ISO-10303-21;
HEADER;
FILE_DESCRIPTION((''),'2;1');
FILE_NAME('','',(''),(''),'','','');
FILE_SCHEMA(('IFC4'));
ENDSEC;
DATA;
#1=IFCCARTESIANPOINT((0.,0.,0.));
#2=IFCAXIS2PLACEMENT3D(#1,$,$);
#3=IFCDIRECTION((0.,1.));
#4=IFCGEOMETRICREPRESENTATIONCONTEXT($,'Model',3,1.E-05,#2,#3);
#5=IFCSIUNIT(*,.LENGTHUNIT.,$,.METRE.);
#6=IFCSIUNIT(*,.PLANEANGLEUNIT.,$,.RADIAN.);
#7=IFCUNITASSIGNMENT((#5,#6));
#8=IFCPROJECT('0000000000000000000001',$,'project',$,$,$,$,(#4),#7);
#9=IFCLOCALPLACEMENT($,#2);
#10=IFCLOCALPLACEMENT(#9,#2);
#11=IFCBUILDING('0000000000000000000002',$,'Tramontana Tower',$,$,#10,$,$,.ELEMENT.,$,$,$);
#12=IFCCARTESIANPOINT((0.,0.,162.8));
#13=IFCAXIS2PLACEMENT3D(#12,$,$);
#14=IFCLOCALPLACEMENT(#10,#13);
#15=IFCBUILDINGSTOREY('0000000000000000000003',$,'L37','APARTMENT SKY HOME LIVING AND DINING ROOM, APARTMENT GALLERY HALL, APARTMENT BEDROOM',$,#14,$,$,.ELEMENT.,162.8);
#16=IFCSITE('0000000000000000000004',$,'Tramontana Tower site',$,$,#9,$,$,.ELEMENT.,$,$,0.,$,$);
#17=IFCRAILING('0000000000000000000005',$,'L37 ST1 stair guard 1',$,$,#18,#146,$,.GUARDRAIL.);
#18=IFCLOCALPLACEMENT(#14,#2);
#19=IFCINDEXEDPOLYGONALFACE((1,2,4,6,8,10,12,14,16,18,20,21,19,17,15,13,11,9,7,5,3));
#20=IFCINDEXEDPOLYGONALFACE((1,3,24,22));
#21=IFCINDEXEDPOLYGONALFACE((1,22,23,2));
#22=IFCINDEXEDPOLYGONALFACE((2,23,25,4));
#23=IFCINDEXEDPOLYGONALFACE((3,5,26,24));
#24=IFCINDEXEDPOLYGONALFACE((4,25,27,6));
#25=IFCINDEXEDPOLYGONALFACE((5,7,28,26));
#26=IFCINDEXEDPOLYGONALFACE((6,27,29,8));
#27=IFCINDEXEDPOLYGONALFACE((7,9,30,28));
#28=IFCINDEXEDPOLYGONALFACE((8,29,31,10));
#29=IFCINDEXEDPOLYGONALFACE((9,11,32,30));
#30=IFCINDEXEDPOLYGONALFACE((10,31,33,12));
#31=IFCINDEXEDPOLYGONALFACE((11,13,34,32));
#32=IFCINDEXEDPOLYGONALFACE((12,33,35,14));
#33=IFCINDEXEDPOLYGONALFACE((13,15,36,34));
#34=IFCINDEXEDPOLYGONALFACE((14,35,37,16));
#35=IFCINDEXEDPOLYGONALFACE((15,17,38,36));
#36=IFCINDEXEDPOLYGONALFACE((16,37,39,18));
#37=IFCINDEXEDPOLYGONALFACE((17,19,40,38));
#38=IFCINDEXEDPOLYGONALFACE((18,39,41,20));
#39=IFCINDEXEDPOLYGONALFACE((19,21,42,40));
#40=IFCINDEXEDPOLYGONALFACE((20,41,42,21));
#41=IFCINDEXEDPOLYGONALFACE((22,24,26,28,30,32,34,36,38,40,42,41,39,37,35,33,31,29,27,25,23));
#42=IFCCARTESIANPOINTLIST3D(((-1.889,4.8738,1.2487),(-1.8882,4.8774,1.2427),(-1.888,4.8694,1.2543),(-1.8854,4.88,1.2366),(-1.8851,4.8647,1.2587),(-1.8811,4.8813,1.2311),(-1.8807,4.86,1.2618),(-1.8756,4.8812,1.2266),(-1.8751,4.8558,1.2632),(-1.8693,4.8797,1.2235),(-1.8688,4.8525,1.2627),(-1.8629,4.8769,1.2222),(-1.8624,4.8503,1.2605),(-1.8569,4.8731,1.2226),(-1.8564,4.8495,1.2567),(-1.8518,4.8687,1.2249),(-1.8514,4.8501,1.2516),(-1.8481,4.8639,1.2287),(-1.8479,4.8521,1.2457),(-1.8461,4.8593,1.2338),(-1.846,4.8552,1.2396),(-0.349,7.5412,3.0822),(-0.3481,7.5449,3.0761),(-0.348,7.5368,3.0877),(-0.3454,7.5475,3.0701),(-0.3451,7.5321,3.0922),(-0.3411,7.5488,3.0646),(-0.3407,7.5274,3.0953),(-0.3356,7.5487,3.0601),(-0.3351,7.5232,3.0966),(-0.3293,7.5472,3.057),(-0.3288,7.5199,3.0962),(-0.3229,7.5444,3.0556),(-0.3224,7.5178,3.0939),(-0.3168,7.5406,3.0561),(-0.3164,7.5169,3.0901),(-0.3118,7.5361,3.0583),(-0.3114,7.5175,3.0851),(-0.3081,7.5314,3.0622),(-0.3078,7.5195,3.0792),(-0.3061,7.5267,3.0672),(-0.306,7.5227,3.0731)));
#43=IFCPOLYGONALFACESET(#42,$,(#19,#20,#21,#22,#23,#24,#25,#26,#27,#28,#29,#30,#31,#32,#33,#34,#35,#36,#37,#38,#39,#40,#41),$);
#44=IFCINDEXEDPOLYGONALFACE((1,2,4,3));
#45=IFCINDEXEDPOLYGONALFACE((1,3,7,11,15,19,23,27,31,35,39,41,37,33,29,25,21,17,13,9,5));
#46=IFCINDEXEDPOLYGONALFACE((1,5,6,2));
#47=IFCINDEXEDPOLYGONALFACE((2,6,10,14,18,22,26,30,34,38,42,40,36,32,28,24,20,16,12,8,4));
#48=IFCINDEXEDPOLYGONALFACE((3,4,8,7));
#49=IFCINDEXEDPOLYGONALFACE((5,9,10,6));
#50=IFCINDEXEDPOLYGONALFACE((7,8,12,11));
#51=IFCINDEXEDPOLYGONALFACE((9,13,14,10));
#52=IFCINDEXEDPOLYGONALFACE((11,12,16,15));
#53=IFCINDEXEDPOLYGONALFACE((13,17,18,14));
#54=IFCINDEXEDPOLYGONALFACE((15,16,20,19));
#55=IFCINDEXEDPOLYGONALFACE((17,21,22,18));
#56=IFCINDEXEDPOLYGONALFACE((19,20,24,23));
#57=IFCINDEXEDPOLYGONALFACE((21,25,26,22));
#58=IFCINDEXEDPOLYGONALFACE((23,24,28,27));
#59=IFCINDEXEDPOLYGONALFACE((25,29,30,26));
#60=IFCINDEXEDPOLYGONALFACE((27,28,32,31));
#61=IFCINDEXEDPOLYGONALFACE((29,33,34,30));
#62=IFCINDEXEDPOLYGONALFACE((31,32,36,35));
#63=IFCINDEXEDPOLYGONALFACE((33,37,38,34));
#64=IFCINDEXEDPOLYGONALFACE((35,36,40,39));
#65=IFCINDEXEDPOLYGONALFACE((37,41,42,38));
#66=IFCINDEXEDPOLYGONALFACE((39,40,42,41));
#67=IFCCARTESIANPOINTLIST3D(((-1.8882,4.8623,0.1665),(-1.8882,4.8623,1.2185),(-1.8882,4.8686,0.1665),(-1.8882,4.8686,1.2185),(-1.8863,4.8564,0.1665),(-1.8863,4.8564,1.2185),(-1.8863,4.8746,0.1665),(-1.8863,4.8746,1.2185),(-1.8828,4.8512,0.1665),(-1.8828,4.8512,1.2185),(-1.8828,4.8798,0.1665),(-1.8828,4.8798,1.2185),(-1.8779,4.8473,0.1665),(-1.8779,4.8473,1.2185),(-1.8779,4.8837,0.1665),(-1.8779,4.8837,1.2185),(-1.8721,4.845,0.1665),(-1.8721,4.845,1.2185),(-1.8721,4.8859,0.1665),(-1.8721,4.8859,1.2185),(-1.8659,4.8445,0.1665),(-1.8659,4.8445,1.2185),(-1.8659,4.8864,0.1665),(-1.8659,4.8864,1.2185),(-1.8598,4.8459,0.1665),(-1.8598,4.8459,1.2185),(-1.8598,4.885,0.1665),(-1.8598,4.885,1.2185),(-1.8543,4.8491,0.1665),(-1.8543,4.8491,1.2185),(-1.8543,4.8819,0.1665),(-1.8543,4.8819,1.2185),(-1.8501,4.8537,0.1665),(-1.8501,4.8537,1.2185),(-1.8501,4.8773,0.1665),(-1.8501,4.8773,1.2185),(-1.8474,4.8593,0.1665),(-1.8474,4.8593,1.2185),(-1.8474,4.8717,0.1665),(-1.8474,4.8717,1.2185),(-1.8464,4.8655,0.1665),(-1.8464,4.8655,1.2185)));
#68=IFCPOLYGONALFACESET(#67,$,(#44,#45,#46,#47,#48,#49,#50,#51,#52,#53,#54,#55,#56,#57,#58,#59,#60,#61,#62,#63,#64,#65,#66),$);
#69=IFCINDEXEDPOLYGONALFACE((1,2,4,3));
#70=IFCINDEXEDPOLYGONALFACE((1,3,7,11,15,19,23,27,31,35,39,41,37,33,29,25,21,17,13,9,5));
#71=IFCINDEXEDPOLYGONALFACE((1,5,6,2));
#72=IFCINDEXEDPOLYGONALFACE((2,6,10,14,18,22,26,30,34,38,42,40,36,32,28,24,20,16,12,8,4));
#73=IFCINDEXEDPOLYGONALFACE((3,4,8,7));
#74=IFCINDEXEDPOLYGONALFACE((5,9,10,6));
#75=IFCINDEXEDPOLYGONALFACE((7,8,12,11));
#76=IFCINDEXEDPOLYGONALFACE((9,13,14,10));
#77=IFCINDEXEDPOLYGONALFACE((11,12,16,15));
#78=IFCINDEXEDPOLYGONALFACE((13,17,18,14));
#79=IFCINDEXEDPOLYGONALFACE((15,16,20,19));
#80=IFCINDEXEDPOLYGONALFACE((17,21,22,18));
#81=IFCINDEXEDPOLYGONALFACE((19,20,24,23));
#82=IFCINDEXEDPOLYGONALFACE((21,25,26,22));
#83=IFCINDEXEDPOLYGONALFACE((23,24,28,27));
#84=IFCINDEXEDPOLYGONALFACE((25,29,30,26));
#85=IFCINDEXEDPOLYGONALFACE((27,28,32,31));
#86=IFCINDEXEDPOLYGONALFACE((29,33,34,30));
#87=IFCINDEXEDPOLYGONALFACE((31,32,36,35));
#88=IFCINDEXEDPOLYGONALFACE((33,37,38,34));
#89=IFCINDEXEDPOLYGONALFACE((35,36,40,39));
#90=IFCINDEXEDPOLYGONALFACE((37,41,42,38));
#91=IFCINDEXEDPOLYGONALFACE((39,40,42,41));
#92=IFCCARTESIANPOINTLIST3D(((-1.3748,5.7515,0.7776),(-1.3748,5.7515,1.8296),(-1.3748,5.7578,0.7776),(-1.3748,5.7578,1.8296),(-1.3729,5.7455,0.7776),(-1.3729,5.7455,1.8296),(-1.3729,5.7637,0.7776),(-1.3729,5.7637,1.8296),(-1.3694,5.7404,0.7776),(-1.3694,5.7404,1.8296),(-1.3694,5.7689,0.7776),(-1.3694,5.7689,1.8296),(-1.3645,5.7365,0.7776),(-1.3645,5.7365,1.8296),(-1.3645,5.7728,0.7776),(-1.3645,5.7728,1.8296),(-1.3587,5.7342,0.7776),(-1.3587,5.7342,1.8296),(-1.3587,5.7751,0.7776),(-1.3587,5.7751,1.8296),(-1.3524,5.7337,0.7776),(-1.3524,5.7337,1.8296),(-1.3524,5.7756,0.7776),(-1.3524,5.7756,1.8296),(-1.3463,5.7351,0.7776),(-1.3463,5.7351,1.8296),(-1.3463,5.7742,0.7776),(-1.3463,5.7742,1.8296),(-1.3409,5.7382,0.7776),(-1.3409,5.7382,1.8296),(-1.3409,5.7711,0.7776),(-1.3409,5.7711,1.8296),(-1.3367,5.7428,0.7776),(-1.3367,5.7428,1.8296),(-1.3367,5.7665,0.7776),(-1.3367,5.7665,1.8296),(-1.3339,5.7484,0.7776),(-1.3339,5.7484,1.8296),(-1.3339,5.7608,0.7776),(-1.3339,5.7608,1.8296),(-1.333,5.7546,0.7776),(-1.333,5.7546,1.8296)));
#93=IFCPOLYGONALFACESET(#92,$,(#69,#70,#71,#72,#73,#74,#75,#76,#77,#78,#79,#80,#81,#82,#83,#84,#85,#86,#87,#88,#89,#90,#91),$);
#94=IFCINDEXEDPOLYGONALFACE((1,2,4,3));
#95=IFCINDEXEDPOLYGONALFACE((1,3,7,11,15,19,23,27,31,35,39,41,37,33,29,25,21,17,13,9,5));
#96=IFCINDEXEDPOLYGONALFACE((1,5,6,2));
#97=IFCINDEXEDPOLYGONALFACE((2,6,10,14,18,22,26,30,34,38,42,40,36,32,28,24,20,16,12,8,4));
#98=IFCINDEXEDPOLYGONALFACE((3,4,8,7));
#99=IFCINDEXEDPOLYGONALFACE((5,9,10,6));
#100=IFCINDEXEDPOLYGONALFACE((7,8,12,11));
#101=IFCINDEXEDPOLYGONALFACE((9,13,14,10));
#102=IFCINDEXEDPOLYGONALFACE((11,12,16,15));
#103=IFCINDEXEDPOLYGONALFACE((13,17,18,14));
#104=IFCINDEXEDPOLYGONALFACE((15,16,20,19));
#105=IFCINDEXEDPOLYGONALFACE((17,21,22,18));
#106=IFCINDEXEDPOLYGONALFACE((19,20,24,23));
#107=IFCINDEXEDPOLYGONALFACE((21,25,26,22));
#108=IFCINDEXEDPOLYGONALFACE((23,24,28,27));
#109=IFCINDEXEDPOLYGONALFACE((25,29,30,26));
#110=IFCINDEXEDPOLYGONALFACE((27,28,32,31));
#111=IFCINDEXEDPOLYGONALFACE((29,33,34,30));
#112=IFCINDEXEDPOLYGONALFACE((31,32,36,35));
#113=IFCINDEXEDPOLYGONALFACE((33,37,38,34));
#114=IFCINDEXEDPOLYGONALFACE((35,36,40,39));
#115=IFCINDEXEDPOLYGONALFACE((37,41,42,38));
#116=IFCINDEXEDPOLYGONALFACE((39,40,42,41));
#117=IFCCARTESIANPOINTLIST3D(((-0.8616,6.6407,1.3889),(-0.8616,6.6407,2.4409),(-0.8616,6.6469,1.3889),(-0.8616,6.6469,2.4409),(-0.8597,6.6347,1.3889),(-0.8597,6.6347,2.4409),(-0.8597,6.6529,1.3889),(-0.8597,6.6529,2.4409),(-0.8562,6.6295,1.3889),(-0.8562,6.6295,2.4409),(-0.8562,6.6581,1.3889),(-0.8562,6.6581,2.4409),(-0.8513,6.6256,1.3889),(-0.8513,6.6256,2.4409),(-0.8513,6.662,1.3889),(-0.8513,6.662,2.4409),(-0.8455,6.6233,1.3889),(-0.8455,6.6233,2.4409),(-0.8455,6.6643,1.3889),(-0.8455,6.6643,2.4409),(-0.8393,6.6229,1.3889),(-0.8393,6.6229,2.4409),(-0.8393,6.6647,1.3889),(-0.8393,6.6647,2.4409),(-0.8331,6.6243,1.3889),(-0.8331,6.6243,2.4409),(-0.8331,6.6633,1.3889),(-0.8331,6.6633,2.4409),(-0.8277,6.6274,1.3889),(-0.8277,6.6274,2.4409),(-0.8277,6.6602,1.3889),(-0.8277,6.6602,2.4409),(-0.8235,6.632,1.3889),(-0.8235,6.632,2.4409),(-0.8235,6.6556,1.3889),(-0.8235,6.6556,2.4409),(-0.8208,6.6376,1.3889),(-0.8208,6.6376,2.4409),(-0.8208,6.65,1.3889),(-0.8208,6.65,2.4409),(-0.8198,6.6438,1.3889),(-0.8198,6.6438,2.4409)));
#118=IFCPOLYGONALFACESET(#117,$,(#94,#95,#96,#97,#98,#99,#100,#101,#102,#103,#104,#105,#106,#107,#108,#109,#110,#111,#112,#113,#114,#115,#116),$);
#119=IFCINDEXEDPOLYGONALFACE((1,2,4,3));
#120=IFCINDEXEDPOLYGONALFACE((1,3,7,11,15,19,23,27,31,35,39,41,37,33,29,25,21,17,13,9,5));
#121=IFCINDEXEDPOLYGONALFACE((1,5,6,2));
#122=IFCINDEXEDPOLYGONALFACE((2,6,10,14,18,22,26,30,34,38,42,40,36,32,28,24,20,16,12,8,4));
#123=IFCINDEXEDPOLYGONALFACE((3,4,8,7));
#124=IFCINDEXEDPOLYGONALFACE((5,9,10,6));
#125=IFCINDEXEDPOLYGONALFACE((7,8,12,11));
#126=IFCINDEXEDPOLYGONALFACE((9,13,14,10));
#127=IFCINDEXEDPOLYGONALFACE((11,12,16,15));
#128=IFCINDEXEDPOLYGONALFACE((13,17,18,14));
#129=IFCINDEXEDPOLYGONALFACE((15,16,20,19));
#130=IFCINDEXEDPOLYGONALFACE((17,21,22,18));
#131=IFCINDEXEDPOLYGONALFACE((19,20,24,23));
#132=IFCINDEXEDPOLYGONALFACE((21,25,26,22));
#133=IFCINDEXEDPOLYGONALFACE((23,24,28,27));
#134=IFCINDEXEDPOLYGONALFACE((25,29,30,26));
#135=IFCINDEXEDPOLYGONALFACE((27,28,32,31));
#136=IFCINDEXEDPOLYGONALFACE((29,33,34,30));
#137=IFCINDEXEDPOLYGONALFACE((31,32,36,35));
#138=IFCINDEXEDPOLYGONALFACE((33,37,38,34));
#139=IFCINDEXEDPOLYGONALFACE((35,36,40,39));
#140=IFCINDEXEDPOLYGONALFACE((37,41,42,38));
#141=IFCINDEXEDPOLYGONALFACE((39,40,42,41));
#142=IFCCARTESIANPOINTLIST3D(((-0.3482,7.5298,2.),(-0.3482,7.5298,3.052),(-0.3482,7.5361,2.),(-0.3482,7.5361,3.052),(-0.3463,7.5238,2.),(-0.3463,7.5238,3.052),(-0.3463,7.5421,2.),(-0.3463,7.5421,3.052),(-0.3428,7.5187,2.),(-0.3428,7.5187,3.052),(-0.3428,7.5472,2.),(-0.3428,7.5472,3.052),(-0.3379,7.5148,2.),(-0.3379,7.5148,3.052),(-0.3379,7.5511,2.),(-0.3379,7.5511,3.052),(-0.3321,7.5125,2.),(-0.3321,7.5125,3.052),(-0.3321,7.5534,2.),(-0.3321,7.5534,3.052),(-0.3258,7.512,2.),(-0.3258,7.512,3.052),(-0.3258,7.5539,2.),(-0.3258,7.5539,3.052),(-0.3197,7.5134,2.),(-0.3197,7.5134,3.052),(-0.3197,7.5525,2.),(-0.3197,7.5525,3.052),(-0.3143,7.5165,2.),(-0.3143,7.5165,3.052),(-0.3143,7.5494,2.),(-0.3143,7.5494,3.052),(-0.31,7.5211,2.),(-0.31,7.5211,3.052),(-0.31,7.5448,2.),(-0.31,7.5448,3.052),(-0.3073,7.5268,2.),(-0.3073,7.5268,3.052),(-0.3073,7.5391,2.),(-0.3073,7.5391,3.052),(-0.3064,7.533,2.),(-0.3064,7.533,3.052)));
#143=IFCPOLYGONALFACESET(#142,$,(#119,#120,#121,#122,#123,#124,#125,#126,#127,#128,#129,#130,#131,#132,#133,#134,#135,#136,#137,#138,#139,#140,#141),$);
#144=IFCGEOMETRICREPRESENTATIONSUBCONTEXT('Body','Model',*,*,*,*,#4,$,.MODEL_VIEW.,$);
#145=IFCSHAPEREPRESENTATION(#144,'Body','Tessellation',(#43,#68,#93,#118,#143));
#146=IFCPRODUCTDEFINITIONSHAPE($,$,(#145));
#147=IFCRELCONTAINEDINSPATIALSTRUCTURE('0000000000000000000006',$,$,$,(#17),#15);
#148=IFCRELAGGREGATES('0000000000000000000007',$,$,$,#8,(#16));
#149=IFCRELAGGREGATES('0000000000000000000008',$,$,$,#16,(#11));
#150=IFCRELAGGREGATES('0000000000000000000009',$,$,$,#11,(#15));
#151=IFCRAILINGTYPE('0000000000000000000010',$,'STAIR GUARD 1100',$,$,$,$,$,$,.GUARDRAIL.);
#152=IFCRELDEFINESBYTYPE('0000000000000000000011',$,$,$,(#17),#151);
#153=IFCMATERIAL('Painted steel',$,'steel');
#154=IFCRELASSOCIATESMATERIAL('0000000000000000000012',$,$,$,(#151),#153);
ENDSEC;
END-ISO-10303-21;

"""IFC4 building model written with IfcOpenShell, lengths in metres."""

from ifc_helpers import new_model, si_unit, direction, frame, origin, origin_2d, place, context, subcontext, project, spatial, circle, extrude, material, type_object, element, save


model = new_model("IFC4")

# Units and contexts
model_context = context("Model", 3, precision=1e-05, world=origin(), true_north=direction((0.0, 1.0)))
body_context = subcontext(model_context, "Body", "Model", "MODEL_VIEW")
ifc_project = project(units=[si_unit("LENGTHUNIT", "METRE"), si_unit("PLANEANGLEUNIT", "RADIAN")], contexts=[model_context])

# Site, building, storey
site_placement = place(None, origin())
site = spatial("IfcSite", under=ifc_project, at=site_placement, Name="Tramontana Tower site", CompositionType="ELEMENT", RefElevation=0.0)
building_placement = place(site_placement, origin())
building = spatial("IfcBuilding", under=site, at=building_placement, Name="Tramontana Tower", CompositionType="ELEMENT")
storey_placement = place(building_placement, frame((0.0, 0.0, 162.8)))
storey = spatial("IfcBuildingStorey", under=building, at=storey_placement, Name="L37", Description="APARTMENT SKY HOME LIVING AND DINING ROOM, APARTMENT GALLERY HALL, APARTMENT BEDROOM", CompositionType="ELEMENT", Elevation=162.8)

# Railing
ifc_material_1 = material(Name="Painted steel", Category="steel")
railing_type_1 = type_object("IfcRailingType", Name="STAIR GUARD 1100", PredefinedType="GUARDRAIL", material=ifc_material_1)
railing_1_placement = place(storey_placement, frame((-1.8674, 4.8655, 0.1665)))
element("IfcRailing", 1, at=railing_1_placement, inside=storey, type_object=railing_type_1, Name="L37 ST1 stair guard 1", PredefinedType="GUARDRAIL", context=body_context, shape_type="SweptSolid", body=[
    extrude(circle(Radius=0.0239, at=origin_2d()), frame((0.0, 0.0, 1.0762), z_axis=(0.429634, 0.744164, 0.511502), x_axis=(-0.86603, 0.499992, 0.0)), (0.0, 0.0, 1.0), 3.5845),
    extrude(circle(Radius=0.021, at=origin_2d()), origin(), (0.0, 0.0, 1.0), 1.052),
    extrude(circle(Radius=0.021, at=origin_2d()), frame((0.5134, 0.8892, 0.6111)), (0.0, 0.0, 1.0), 1.052),
    extrude(circle(Radius=0.021, at=origin_2d()), frame((1.0266, 1.7783, 1.2224)), (0.0, 0.0, 1.0), 1.052),
    extrude(circle(Radius=0.021, at=origin_2d()), frame((1.54, 2.6675, 1.8335)), (0.0, 0.0, 1.0), 1.052),
])

save(model, "model.ifc")
